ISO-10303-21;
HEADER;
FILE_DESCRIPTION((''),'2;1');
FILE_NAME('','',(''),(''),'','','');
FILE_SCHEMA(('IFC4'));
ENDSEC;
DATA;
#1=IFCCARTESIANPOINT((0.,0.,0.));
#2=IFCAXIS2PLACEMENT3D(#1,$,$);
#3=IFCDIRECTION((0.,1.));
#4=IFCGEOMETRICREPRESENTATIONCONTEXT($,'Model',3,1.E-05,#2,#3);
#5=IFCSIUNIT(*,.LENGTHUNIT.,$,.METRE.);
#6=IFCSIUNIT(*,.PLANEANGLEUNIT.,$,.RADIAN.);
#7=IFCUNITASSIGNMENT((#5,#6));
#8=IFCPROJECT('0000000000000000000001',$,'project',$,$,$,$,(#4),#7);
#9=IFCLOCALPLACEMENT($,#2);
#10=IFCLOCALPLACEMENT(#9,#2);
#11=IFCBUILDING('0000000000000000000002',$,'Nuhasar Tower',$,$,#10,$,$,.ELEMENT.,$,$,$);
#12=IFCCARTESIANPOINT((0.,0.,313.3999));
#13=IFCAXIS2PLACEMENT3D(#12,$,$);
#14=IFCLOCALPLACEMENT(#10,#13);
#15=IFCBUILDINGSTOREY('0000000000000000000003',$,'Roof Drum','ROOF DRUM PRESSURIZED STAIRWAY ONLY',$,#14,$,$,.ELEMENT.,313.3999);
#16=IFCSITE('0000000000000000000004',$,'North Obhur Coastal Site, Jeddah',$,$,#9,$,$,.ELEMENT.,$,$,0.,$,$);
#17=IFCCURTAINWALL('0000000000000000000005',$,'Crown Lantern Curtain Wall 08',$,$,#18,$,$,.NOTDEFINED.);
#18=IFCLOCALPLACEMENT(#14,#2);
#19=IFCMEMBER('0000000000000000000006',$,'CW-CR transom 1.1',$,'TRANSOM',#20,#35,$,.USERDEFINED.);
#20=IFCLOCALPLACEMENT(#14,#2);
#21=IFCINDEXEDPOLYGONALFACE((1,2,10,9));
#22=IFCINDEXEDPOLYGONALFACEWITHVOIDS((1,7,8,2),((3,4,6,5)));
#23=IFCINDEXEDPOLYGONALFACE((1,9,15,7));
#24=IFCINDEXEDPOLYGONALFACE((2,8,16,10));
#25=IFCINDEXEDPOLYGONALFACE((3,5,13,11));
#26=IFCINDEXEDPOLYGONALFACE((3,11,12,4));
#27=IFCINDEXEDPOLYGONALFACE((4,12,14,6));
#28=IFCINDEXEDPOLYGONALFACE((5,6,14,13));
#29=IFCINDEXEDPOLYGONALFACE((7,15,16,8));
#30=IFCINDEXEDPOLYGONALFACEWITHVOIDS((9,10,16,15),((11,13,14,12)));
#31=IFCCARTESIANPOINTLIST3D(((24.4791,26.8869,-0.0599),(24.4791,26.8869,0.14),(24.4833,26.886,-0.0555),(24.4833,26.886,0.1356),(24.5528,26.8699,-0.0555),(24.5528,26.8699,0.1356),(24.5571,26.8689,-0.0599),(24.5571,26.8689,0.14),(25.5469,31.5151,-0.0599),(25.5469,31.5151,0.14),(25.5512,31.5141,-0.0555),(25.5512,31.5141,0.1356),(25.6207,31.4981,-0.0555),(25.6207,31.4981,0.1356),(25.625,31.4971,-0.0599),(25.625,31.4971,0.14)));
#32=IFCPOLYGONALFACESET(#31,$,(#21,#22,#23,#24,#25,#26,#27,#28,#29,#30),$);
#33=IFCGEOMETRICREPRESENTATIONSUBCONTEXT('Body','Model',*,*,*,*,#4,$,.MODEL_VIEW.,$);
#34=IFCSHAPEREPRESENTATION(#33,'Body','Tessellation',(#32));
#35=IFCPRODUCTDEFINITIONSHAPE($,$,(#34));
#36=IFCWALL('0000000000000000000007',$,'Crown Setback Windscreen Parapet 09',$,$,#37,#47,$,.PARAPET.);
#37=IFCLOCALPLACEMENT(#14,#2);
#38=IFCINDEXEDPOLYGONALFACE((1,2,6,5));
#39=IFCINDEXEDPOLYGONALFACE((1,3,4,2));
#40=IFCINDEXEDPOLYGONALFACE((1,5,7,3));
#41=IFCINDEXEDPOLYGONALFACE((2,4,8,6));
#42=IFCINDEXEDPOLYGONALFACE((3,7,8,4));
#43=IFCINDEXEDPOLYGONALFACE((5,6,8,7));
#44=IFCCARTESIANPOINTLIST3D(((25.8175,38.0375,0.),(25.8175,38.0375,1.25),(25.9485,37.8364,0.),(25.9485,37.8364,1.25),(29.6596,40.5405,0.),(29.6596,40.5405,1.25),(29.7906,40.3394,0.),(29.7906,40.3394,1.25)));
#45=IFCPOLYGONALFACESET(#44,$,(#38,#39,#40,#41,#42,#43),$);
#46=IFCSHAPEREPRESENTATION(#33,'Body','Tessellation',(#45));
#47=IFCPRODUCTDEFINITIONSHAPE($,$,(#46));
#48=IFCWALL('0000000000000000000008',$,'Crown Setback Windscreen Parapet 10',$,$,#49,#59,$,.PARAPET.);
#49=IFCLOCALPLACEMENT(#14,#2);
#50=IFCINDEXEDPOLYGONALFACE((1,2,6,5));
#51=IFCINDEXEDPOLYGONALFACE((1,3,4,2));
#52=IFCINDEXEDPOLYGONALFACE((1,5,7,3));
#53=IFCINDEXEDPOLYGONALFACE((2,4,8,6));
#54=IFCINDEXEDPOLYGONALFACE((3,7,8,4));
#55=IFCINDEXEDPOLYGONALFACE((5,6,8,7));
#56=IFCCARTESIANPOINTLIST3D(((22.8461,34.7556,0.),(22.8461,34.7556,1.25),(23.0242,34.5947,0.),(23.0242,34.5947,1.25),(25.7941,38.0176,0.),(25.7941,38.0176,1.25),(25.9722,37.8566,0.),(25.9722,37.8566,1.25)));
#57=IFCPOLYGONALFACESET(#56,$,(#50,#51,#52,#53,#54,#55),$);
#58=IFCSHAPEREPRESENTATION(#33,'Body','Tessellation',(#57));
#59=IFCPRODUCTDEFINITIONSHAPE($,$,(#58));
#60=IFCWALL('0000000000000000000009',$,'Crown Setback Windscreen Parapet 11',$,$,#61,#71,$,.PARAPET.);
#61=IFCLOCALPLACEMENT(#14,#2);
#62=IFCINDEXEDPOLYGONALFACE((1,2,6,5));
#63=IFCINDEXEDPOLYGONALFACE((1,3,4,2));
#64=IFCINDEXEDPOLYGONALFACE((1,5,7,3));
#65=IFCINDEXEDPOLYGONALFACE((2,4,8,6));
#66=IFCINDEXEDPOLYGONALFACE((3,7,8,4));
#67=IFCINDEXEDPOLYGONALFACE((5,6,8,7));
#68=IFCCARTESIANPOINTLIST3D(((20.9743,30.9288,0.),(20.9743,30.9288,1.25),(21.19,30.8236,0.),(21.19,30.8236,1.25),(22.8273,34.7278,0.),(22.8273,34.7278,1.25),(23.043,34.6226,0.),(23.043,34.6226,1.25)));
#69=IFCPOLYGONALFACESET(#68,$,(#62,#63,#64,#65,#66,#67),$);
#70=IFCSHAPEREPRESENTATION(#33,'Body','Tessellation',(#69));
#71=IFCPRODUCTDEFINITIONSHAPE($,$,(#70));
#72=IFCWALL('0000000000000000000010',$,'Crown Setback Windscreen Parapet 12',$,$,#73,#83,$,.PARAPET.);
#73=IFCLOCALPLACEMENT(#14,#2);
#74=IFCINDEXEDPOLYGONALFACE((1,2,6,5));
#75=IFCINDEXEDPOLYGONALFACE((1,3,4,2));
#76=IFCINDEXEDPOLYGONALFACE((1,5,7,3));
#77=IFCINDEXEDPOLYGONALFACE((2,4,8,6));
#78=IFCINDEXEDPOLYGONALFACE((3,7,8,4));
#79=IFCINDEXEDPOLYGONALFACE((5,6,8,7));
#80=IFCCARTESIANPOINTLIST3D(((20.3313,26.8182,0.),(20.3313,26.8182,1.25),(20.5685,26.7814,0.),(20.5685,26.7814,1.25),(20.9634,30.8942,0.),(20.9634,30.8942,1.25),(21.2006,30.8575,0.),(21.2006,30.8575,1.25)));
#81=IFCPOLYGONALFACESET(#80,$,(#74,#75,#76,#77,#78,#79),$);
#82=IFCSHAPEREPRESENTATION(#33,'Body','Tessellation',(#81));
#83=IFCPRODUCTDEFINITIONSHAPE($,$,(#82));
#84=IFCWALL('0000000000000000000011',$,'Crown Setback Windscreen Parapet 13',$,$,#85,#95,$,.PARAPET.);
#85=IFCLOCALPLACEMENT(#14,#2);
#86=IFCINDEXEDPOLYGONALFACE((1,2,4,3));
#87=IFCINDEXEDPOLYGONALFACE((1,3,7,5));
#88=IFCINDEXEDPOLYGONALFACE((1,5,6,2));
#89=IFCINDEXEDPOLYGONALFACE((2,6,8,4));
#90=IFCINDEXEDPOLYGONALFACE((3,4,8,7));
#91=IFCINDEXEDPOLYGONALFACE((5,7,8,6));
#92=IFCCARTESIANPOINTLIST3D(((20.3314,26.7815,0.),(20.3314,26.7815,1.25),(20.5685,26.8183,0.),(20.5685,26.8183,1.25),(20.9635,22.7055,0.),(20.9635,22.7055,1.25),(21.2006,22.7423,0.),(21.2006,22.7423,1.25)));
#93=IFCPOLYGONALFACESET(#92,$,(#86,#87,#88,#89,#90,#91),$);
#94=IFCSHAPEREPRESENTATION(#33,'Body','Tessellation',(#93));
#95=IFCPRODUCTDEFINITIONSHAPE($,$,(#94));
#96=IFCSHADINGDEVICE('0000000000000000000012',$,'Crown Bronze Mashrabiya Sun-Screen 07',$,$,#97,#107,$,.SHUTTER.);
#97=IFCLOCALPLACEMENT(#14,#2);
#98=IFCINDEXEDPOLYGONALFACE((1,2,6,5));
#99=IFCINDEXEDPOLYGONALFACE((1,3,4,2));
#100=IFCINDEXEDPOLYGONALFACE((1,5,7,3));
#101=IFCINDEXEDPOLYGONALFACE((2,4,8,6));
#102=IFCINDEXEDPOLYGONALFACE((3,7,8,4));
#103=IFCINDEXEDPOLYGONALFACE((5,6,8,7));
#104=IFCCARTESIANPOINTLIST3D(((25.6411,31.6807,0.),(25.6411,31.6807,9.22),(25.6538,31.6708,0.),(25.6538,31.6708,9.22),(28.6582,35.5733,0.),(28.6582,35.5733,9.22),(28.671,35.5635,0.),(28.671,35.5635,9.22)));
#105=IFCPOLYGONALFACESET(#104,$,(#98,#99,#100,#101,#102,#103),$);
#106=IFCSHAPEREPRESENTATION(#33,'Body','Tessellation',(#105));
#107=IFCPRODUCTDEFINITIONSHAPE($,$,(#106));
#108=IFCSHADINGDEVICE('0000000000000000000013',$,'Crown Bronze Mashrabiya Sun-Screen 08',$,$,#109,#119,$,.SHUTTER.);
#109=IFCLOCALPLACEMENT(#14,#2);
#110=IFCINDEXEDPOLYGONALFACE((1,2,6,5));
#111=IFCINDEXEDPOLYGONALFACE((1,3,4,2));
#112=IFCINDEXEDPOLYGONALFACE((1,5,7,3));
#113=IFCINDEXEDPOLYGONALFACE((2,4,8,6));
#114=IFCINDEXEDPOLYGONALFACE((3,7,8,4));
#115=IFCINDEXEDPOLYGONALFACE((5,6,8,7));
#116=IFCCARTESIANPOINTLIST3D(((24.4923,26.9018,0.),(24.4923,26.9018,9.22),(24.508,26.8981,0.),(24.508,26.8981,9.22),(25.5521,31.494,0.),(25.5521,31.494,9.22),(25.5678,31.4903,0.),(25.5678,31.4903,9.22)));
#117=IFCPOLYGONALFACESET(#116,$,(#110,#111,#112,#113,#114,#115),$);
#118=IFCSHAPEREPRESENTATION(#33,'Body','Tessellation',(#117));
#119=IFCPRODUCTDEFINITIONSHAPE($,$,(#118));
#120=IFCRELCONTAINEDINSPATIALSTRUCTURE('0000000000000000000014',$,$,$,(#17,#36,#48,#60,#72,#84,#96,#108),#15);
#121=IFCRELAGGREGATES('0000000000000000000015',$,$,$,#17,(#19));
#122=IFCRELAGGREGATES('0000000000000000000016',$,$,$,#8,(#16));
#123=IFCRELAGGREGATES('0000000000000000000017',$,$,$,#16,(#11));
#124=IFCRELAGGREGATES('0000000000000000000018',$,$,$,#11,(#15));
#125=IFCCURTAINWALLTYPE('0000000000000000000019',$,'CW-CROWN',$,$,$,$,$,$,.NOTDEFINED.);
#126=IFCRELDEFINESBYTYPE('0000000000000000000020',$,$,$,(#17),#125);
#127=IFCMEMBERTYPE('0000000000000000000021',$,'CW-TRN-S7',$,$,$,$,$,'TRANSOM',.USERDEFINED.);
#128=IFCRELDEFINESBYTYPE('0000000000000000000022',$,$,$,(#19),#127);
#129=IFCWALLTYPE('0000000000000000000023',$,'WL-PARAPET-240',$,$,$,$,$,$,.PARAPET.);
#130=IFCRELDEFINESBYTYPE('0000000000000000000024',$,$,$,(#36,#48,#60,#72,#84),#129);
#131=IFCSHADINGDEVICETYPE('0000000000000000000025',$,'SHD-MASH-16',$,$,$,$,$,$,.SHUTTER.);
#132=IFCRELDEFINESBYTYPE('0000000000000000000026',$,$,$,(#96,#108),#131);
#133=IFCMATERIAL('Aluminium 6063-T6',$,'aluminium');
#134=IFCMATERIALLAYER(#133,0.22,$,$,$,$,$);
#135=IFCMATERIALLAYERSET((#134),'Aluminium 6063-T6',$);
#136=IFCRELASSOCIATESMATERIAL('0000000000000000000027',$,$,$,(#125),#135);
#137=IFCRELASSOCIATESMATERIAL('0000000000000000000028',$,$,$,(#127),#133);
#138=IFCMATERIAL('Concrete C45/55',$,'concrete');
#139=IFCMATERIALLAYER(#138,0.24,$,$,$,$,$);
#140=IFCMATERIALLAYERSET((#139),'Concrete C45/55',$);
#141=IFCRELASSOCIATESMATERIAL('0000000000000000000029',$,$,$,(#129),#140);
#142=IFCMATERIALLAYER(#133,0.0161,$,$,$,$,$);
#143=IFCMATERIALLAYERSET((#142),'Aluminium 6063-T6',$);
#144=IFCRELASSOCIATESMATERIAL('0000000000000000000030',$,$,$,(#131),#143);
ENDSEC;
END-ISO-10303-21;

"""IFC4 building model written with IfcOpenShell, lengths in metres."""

from ifc_helpers import new_model, si_unit, direction, frame, frame_2d, origin, origin_2d, place, context, subcontext, project, spatial, rectangle, hollow_rectangle, extrude, material, layer, layer_set, material_profile, profile_set, type_object, element, aggregate, save


model = new_model("IFC4")

# Units and contexts
model_context = context("Model", 3, precision=1e-05, world=origin(), true_north=direction((0.0, 1.0)))
body_context = subcontext(model_context, "Body", "Model", "MODEL_VIEW")
ifc_project = project(units=[si_unit("LENGTHUNIT", "METRE"), si_unit("PLANEANGLEUNIT", "RADIAN")], contexts=[model_context])

# Site, building, storey
site_placement = place(None, origin())
site = spatial("IfcSite", under=ifc_project, at=site_placement, Name="North Obhur Coastal Site, Jeddah", CompositionType="ELEMENT", RefElevation=0.0)
building_placement = place(site_placement, origin())
building = spatial("IfcBuilding", under=site, at=building_placement, Name="Nuhasar Tower", CompositionType="ELEMENT")
storey_placement = place(building_placement, frame((0.0, 0.0, 313.3999)))
storey = spatial("IfcBuildingStorey", under=building, at=storey_placement, Name="Roof Drum", Description="ROOF DRUM PRESSURIZED STAIRWAY ONLY", CompositionType="ELEMENT", Elevation=313.3999)

# Shared definitions
ifc_material_1 = material(Name="Aluminium 6063-T6", Category="aluminium")
ifc_layer_1 = layer(ifc_material_1, 0.22)
ifc_layer_set_1 = layer_set([ifc_layer_1], Name="Aluminium 6063-T6")
curtain_wall_type = type_object("IfcCurtainWallType", Name="CW-CROWN", PredefinedType="NOTDEFINED", material=ifc_layer_set_1)

# Curtain wall
curtain_wall_1_placement = place(storey_placement, origin())
curtain_wall_1 = element("IfcCurtainWall", 1, at=curtain_wall_1_placement, inside=storey, type_object=curtain_wall_type, Name="Crown Lantern Curtain Wall 08", PredefinedType="NOTDEFINED")

# Member
ifc_material_profile_1 = material_profile(ifc_material_1, hollow_rectangle(XDim=0.0801, YDim=0.2, WallThickness=0.0044, at=origin_2d()), Name="CWT-7")
ifc_profile_set_1 = profile_set([ifc_material_profile_1], Name="Aluminium 6063-T6")
member_type_1 = type_object("IfcMemberType", Name="CW-TRN-S7", ElementType="TRANSOM", PredefinedType="USERDEFINED", material=ifc_profile_set_1)
member_1_placement = place(storey_placement, frame((25.5859, 31.5061, 0.04), z_axis=(-0.224826, -0.974399, 0.0), x_axis=(0.974399, -0.224826, 0.0)))
member_1 = element("IfcMember", 2, at=member_1_placement, type_object=member_type_1, Name="CW-CR transom 1.1", ObjectType="TRANSOM", PredefinedType="USERDEFINED", context=body_context, shape_type="SweptSolid", body=[
    extrude(hollow_rectangle(XDim=0.0801, YDim=0.2, WallThickness=0.0044, at=origin_2d()), origin(), (0.0, 0.0, 1.0), 4.7498),
])
aggregate(curtain_wall_1, [member_1])

# Walls
ifc_material_2 = material(Name="Concrete C45/55", Category="concrete")
ifc_layer_2 = layer(ifc_material_2, 0.24)
ifc_layer_set_2 = layer_set([ifc_layer_2], Name="Concrete C45/55")
wall_type = type_object("IfcWallType", Name="WL-PARAPET-240", PredefinedType="PARAPET", material=ifc_layer_set_2)
wall_1_placement = place(storey_placement, frame((29.7251, 40.4399, 0.0), z_axis=(0.0, 0.0, 1.0), x_axis=(-0.837885, -0.545847, 0.0)))
element("IfcWall", 3, at=wall_1_placement, inside=storey, type_object=wall_type, Name="Crown Setback Windscreen Parapet 09", PredefinedType="PARAPET", context=body_context, shape_type="SweptSolid", body=[
    extrude(rectangle(XDim=4.5854, YDim=0.24, at=frame_2d((2.2927, 0.0))), origin(), (0.0, 0.0, 1.0), 1.25),
])
wall_2_placement = place(storey_placement, frame((25.8831, 37.937, 0.0), z_axis=(0.0, 0.0, 1.0), x_axis=(-0.6705, -0.741909, 0.0)))
element("IfcWall", 4, at=wall_2_placement, inside=storey, type_object=wall_type, Name="Crown Setback Windscreen Parapet 10", PredefinedType="PARAPET", context=body_context, shape_type="SweptSolid", body=[
    extrude(rectangle(XDim=4.3967, YDim=0.24, at=frame_2d((2.1982, 0.0))), origin(), (0.0, 0.0, 1.0), 1.25),
])
wall_3_placement = place(storey_placement, frame((22.9351, 34.675, 0.0), z_axis=(0.0, 0.0, 1.0), x_axis=(-0.438389, -0.898785, 0.0)))
element("IfcWall", 5, at=wall_3_placement, inside=storey, type_object=wall_type, Name="Crown Setback Windscreen Parapet 11", PredefinedType="PARAPET", context=body_context, shape_type="SweptSolid", body=[
    extrude(rectangle(XDim=4.2268, YDim=0.24, at=frame_2d((2.1133, 0.0))), origin(), (0.0, 0.0, 1.0), 1.25),
])
for number, where, z_axis, x_axis, name in (
    (6, (21.082, 30.876, 0.0), (0.0, 0.0, 1.0), (-0.153245, -0.988188, 0.0), "Crown Setback Windscreen Parapet 12"),
    (7, (20.45, 26.8, 0.0), (0.0, 0.0, 1.0), (0.153245, -0.988188, 0.0), "Crown Setback Windscreen Parapet 13"),
):
    element("IfcWall", number, at=place(storey_placement, frame(where, z_axis=z_axis, x_axis=x_axis)), inside=storey, type_object=wall_type, Name=name, PredefinedType="PARAPET", context=body_context, shape_type="SweptSolid", body=[
        extrude(rectangle(XDim=4.1248, YDim=0.24, at=frame_2d((2.0625, 0.0))), origin(), (0.0, 0.0, 1.0), 1.25),
    ])

# Shading devices
ifc_layer_3 = layer(ifc_material_1, 0.0161)
ifc_layer_set_3 = layer_set([ifc_layer_3], Name="Aluminium 6063-T6")
shading_device_type = type_object("IfcShadingDeviceType", Name="SHD-MASH-16", PredefinedType="SHUTTER", material=ifc_layer_set_3)
shading_device_1_placement = place(storey_placement, frame((27.156, 33.6221, 0.0), z_axis=(0.0, 0.0, 1.0), x_axis=(-0.612617, -0.79038, 0.0)))
element("IfcShadingDevice", 8, at=shading_device_1_placement, inside=storey, type_object=shading_device_type, Name="Crown Bronze Mashrabiya Sun-Screen 07", PredefinedType="SHUTTER", context=body_context, shape_type="SweptSolid", body=[
    extrude(rectangle(XDim=4.925, YDim=0.0161, at=origin_2d()), origin(), (0.0, 0.0, 1.0), 9.22),
])
shading_device_2_placement = place(storey_placement, frame((25.03, 29.196, 0.0), z_axis=(0.0, 0.0, 1.0), x_axis=(-0.224866, -0.97439, 0.0)))
element("IfcShadingDevice", 9, at=shading_device_2_placement, inside=storey, type_object=shading_device_type, Name="Crown Bronze Mashrabiya Sun-Screen 08", PredefinedType="SHUTTER", context=body_context, shape_type="SweptSolid", body=[
    extrude(rectangle(XDim=4.7129, YDim=0.0161, at=origin_2d()), origin(), (0.0, 0.0, 1.0), 9.22),
])

save(model, "model.ifc")
